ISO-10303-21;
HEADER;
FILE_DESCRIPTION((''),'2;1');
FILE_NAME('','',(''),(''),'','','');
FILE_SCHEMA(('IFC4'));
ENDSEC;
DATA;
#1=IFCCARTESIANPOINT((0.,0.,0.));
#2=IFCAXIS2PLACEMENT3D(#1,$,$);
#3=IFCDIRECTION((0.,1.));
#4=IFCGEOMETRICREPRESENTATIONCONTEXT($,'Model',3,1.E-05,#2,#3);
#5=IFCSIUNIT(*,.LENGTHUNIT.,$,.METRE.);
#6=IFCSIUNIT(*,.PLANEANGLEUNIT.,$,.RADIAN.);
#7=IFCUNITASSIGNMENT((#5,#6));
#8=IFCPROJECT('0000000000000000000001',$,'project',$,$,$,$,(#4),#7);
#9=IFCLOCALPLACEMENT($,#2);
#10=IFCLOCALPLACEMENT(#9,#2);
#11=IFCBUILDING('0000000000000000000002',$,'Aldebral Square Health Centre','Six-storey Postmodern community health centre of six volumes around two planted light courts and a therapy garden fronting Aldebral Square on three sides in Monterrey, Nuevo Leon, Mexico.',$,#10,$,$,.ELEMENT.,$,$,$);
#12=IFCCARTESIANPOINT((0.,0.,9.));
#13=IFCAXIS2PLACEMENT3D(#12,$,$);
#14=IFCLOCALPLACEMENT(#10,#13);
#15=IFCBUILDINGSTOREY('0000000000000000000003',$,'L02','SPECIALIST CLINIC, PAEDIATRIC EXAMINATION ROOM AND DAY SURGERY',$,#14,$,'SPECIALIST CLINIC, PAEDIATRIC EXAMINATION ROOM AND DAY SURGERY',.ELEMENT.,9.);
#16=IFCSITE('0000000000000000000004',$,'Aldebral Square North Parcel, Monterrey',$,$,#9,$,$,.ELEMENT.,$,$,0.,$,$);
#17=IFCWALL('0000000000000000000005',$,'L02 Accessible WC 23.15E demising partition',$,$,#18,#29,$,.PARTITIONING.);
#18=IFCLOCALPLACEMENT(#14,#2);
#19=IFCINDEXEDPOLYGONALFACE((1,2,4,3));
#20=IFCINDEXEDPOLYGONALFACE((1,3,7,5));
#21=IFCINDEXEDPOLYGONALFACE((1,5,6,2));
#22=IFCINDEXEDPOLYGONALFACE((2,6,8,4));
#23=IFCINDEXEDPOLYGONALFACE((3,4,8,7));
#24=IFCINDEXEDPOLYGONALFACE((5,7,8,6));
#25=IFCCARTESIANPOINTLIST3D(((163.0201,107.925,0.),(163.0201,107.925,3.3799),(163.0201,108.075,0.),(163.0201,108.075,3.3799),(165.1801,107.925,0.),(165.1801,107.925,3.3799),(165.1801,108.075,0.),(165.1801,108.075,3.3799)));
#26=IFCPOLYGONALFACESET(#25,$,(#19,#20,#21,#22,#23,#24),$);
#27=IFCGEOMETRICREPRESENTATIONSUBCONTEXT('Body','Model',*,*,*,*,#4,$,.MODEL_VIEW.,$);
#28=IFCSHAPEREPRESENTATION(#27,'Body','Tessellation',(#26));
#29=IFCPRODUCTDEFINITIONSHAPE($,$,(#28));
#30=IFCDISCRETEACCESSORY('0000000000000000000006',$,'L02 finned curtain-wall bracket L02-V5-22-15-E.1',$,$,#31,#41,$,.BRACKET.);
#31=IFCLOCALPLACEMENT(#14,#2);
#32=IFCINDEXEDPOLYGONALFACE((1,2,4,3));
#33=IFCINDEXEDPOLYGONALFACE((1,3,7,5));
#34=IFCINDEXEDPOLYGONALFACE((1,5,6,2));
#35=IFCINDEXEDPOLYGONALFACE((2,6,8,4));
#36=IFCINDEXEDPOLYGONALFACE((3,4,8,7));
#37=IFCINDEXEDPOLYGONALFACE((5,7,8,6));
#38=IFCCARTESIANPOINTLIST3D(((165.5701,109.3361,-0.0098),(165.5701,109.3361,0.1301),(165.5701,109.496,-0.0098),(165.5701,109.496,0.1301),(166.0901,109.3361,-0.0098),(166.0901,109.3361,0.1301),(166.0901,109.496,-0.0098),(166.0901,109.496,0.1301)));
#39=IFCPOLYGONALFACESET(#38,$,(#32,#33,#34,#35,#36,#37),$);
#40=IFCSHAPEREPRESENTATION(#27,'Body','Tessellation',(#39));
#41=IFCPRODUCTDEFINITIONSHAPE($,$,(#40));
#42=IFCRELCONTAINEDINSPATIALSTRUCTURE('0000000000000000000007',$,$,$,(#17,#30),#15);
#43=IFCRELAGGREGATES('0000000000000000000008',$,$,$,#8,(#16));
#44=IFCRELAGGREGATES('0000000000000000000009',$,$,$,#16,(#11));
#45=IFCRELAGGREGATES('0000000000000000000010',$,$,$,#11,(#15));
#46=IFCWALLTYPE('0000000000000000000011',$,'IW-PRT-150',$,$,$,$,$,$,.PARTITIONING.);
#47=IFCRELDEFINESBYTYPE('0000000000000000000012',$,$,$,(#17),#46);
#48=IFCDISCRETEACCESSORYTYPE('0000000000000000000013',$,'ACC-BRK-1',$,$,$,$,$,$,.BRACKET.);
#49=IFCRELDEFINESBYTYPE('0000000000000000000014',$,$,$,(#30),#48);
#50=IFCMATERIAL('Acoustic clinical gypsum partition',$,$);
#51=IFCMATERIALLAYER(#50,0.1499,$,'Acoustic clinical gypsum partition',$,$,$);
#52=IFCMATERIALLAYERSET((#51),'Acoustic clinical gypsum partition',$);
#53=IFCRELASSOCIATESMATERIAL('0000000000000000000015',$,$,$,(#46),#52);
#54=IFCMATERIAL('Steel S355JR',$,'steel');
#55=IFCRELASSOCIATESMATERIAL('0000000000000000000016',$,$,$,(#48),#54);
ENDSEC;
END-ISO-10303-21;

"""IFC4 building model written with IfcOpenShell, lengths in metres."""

from ifc_helpers import new_model, si_unit, direction, frame, frame_2d, origin, origin_2d, place, context, subcontext, project, spatial, rectangle, extrude, material, layer, layer_set, type_object, element, save


model = new_model("IFC4")

# Units and contexts
model_context = context("Model", 3, precision=1e-05, world=origin(), true_north=direction((0.0, 1.0)))
body_context = subcontext(model_context, "Body", "Model", "MODEL_VIEW")
ifc_project = project(units=[si_unit("LENGTHUNIT", "METRE"), si_unit("PLANEANGLEUNIT", "RADIAN")], contexts=[model_context])

# Site, building, storey
site_placement = place(None, origin())
site = spatial("IfcSite", under=ifc_project, at=site_placement, Name="Aldebral Square North Parcel, Monterrey", CompositionType="ELEMENT", RefElevation=0.0)
building_placement = place(site_placement, origin())
building = spatial("IfcBuilding", under=site, at=building_placement, Name="Aldebral Square Health Centre", Description="Six-storey Postmodern community health centre of six volumes around two planted light courts and a therapy garden fronting Aldebral Square on three sides in Monterrey, Nuevo Leon, Mexico.", CompositionType="ELEMENT")
storey_placement = place(building_placement, frame((0.0, 0.0, 9.0)))
storey = spatial("IfcBuildingStorey", under=building, at=storey_placement, Name="L02", Description="SPECIALIST CLINIC, PAEDIATRIC EXAMINATION ROOM AND DAY SURGERY", LongName="SPECIALIST CLINIC, PAEDIATRIC EXAMINATION ROOM AND DAY SURGERY", CompositionType="ELEMENT", Elevation=9.0)

# Wall
ifc_material_1 = material(Name="Acoustic clinical gypsum partition")
ifc_layer_1 = layer(ifc_material_1, 0.1499, Name="Acoustic clinical gypsum partition")
ifc_layer_set_1 = layer_set([ifc_layer_1], Name="Acoustic clinical gypsum partition")
wall_type_1 = type_object("IfcWallType", Name="IW-PRT-150", PredefinedType="PARTITIONING", material=ifc_layer_set_1)
wall_1_placement = place(storey_placement, frame((163.02, 108.0, 0.0), z_axis=(0.0, 0.0, 1.0), x_axis=(1.0, 0.0, 0.0)))
element("IfcWall", 1, at=wall_1_placement, inside=storey, type_object=wall_type_1, Name="L02 Accessible WC 23.15E demising partition", PredefinedType="PARTITIONING", context=body_context, shape_type="SweptSolid", body=[
    extrude(rectangle(XDim=2.1599, YDim=0.1499, at=frame_2d((1.0801, 0.0))), origin(), (0.0, 0.0, 1.0), 3.3799),
])

# Discrete accessory
ifc_material_2 = material(Name="Steel S355JR", Category="steel")
discrete_accessory_type = type_object("IfcDiscreteAccessoryType", Name="ACC-BRK-1", PredefinedType="BRACKET", material=ifc_material_2)
discrete_accessory_placement = place(storey_placement, frame((165.8301, 109.416, -0.0098), z_axis=(0.0, 0.0, 1.0), x_axis=(0.0, 1.0, 0.0)))
element("IfcDiscreteAccessory", 2, at=discrete_accessory_placement, inside=storey, type_object=discrete_accessory_type, Name="L02 finned curtain-wall bracket L02-V5-22-15-E.1", PredefinedType="BRACKET", context=body_context, shape_type="SweptSolid", body=[
    extrude(rectangle(XDim=0.1599, YDim=0.52, at=origin_2d()), origin(), (0.0, 0.0, 1.0), 0.1399),
])

save(model, "model.ifc")
